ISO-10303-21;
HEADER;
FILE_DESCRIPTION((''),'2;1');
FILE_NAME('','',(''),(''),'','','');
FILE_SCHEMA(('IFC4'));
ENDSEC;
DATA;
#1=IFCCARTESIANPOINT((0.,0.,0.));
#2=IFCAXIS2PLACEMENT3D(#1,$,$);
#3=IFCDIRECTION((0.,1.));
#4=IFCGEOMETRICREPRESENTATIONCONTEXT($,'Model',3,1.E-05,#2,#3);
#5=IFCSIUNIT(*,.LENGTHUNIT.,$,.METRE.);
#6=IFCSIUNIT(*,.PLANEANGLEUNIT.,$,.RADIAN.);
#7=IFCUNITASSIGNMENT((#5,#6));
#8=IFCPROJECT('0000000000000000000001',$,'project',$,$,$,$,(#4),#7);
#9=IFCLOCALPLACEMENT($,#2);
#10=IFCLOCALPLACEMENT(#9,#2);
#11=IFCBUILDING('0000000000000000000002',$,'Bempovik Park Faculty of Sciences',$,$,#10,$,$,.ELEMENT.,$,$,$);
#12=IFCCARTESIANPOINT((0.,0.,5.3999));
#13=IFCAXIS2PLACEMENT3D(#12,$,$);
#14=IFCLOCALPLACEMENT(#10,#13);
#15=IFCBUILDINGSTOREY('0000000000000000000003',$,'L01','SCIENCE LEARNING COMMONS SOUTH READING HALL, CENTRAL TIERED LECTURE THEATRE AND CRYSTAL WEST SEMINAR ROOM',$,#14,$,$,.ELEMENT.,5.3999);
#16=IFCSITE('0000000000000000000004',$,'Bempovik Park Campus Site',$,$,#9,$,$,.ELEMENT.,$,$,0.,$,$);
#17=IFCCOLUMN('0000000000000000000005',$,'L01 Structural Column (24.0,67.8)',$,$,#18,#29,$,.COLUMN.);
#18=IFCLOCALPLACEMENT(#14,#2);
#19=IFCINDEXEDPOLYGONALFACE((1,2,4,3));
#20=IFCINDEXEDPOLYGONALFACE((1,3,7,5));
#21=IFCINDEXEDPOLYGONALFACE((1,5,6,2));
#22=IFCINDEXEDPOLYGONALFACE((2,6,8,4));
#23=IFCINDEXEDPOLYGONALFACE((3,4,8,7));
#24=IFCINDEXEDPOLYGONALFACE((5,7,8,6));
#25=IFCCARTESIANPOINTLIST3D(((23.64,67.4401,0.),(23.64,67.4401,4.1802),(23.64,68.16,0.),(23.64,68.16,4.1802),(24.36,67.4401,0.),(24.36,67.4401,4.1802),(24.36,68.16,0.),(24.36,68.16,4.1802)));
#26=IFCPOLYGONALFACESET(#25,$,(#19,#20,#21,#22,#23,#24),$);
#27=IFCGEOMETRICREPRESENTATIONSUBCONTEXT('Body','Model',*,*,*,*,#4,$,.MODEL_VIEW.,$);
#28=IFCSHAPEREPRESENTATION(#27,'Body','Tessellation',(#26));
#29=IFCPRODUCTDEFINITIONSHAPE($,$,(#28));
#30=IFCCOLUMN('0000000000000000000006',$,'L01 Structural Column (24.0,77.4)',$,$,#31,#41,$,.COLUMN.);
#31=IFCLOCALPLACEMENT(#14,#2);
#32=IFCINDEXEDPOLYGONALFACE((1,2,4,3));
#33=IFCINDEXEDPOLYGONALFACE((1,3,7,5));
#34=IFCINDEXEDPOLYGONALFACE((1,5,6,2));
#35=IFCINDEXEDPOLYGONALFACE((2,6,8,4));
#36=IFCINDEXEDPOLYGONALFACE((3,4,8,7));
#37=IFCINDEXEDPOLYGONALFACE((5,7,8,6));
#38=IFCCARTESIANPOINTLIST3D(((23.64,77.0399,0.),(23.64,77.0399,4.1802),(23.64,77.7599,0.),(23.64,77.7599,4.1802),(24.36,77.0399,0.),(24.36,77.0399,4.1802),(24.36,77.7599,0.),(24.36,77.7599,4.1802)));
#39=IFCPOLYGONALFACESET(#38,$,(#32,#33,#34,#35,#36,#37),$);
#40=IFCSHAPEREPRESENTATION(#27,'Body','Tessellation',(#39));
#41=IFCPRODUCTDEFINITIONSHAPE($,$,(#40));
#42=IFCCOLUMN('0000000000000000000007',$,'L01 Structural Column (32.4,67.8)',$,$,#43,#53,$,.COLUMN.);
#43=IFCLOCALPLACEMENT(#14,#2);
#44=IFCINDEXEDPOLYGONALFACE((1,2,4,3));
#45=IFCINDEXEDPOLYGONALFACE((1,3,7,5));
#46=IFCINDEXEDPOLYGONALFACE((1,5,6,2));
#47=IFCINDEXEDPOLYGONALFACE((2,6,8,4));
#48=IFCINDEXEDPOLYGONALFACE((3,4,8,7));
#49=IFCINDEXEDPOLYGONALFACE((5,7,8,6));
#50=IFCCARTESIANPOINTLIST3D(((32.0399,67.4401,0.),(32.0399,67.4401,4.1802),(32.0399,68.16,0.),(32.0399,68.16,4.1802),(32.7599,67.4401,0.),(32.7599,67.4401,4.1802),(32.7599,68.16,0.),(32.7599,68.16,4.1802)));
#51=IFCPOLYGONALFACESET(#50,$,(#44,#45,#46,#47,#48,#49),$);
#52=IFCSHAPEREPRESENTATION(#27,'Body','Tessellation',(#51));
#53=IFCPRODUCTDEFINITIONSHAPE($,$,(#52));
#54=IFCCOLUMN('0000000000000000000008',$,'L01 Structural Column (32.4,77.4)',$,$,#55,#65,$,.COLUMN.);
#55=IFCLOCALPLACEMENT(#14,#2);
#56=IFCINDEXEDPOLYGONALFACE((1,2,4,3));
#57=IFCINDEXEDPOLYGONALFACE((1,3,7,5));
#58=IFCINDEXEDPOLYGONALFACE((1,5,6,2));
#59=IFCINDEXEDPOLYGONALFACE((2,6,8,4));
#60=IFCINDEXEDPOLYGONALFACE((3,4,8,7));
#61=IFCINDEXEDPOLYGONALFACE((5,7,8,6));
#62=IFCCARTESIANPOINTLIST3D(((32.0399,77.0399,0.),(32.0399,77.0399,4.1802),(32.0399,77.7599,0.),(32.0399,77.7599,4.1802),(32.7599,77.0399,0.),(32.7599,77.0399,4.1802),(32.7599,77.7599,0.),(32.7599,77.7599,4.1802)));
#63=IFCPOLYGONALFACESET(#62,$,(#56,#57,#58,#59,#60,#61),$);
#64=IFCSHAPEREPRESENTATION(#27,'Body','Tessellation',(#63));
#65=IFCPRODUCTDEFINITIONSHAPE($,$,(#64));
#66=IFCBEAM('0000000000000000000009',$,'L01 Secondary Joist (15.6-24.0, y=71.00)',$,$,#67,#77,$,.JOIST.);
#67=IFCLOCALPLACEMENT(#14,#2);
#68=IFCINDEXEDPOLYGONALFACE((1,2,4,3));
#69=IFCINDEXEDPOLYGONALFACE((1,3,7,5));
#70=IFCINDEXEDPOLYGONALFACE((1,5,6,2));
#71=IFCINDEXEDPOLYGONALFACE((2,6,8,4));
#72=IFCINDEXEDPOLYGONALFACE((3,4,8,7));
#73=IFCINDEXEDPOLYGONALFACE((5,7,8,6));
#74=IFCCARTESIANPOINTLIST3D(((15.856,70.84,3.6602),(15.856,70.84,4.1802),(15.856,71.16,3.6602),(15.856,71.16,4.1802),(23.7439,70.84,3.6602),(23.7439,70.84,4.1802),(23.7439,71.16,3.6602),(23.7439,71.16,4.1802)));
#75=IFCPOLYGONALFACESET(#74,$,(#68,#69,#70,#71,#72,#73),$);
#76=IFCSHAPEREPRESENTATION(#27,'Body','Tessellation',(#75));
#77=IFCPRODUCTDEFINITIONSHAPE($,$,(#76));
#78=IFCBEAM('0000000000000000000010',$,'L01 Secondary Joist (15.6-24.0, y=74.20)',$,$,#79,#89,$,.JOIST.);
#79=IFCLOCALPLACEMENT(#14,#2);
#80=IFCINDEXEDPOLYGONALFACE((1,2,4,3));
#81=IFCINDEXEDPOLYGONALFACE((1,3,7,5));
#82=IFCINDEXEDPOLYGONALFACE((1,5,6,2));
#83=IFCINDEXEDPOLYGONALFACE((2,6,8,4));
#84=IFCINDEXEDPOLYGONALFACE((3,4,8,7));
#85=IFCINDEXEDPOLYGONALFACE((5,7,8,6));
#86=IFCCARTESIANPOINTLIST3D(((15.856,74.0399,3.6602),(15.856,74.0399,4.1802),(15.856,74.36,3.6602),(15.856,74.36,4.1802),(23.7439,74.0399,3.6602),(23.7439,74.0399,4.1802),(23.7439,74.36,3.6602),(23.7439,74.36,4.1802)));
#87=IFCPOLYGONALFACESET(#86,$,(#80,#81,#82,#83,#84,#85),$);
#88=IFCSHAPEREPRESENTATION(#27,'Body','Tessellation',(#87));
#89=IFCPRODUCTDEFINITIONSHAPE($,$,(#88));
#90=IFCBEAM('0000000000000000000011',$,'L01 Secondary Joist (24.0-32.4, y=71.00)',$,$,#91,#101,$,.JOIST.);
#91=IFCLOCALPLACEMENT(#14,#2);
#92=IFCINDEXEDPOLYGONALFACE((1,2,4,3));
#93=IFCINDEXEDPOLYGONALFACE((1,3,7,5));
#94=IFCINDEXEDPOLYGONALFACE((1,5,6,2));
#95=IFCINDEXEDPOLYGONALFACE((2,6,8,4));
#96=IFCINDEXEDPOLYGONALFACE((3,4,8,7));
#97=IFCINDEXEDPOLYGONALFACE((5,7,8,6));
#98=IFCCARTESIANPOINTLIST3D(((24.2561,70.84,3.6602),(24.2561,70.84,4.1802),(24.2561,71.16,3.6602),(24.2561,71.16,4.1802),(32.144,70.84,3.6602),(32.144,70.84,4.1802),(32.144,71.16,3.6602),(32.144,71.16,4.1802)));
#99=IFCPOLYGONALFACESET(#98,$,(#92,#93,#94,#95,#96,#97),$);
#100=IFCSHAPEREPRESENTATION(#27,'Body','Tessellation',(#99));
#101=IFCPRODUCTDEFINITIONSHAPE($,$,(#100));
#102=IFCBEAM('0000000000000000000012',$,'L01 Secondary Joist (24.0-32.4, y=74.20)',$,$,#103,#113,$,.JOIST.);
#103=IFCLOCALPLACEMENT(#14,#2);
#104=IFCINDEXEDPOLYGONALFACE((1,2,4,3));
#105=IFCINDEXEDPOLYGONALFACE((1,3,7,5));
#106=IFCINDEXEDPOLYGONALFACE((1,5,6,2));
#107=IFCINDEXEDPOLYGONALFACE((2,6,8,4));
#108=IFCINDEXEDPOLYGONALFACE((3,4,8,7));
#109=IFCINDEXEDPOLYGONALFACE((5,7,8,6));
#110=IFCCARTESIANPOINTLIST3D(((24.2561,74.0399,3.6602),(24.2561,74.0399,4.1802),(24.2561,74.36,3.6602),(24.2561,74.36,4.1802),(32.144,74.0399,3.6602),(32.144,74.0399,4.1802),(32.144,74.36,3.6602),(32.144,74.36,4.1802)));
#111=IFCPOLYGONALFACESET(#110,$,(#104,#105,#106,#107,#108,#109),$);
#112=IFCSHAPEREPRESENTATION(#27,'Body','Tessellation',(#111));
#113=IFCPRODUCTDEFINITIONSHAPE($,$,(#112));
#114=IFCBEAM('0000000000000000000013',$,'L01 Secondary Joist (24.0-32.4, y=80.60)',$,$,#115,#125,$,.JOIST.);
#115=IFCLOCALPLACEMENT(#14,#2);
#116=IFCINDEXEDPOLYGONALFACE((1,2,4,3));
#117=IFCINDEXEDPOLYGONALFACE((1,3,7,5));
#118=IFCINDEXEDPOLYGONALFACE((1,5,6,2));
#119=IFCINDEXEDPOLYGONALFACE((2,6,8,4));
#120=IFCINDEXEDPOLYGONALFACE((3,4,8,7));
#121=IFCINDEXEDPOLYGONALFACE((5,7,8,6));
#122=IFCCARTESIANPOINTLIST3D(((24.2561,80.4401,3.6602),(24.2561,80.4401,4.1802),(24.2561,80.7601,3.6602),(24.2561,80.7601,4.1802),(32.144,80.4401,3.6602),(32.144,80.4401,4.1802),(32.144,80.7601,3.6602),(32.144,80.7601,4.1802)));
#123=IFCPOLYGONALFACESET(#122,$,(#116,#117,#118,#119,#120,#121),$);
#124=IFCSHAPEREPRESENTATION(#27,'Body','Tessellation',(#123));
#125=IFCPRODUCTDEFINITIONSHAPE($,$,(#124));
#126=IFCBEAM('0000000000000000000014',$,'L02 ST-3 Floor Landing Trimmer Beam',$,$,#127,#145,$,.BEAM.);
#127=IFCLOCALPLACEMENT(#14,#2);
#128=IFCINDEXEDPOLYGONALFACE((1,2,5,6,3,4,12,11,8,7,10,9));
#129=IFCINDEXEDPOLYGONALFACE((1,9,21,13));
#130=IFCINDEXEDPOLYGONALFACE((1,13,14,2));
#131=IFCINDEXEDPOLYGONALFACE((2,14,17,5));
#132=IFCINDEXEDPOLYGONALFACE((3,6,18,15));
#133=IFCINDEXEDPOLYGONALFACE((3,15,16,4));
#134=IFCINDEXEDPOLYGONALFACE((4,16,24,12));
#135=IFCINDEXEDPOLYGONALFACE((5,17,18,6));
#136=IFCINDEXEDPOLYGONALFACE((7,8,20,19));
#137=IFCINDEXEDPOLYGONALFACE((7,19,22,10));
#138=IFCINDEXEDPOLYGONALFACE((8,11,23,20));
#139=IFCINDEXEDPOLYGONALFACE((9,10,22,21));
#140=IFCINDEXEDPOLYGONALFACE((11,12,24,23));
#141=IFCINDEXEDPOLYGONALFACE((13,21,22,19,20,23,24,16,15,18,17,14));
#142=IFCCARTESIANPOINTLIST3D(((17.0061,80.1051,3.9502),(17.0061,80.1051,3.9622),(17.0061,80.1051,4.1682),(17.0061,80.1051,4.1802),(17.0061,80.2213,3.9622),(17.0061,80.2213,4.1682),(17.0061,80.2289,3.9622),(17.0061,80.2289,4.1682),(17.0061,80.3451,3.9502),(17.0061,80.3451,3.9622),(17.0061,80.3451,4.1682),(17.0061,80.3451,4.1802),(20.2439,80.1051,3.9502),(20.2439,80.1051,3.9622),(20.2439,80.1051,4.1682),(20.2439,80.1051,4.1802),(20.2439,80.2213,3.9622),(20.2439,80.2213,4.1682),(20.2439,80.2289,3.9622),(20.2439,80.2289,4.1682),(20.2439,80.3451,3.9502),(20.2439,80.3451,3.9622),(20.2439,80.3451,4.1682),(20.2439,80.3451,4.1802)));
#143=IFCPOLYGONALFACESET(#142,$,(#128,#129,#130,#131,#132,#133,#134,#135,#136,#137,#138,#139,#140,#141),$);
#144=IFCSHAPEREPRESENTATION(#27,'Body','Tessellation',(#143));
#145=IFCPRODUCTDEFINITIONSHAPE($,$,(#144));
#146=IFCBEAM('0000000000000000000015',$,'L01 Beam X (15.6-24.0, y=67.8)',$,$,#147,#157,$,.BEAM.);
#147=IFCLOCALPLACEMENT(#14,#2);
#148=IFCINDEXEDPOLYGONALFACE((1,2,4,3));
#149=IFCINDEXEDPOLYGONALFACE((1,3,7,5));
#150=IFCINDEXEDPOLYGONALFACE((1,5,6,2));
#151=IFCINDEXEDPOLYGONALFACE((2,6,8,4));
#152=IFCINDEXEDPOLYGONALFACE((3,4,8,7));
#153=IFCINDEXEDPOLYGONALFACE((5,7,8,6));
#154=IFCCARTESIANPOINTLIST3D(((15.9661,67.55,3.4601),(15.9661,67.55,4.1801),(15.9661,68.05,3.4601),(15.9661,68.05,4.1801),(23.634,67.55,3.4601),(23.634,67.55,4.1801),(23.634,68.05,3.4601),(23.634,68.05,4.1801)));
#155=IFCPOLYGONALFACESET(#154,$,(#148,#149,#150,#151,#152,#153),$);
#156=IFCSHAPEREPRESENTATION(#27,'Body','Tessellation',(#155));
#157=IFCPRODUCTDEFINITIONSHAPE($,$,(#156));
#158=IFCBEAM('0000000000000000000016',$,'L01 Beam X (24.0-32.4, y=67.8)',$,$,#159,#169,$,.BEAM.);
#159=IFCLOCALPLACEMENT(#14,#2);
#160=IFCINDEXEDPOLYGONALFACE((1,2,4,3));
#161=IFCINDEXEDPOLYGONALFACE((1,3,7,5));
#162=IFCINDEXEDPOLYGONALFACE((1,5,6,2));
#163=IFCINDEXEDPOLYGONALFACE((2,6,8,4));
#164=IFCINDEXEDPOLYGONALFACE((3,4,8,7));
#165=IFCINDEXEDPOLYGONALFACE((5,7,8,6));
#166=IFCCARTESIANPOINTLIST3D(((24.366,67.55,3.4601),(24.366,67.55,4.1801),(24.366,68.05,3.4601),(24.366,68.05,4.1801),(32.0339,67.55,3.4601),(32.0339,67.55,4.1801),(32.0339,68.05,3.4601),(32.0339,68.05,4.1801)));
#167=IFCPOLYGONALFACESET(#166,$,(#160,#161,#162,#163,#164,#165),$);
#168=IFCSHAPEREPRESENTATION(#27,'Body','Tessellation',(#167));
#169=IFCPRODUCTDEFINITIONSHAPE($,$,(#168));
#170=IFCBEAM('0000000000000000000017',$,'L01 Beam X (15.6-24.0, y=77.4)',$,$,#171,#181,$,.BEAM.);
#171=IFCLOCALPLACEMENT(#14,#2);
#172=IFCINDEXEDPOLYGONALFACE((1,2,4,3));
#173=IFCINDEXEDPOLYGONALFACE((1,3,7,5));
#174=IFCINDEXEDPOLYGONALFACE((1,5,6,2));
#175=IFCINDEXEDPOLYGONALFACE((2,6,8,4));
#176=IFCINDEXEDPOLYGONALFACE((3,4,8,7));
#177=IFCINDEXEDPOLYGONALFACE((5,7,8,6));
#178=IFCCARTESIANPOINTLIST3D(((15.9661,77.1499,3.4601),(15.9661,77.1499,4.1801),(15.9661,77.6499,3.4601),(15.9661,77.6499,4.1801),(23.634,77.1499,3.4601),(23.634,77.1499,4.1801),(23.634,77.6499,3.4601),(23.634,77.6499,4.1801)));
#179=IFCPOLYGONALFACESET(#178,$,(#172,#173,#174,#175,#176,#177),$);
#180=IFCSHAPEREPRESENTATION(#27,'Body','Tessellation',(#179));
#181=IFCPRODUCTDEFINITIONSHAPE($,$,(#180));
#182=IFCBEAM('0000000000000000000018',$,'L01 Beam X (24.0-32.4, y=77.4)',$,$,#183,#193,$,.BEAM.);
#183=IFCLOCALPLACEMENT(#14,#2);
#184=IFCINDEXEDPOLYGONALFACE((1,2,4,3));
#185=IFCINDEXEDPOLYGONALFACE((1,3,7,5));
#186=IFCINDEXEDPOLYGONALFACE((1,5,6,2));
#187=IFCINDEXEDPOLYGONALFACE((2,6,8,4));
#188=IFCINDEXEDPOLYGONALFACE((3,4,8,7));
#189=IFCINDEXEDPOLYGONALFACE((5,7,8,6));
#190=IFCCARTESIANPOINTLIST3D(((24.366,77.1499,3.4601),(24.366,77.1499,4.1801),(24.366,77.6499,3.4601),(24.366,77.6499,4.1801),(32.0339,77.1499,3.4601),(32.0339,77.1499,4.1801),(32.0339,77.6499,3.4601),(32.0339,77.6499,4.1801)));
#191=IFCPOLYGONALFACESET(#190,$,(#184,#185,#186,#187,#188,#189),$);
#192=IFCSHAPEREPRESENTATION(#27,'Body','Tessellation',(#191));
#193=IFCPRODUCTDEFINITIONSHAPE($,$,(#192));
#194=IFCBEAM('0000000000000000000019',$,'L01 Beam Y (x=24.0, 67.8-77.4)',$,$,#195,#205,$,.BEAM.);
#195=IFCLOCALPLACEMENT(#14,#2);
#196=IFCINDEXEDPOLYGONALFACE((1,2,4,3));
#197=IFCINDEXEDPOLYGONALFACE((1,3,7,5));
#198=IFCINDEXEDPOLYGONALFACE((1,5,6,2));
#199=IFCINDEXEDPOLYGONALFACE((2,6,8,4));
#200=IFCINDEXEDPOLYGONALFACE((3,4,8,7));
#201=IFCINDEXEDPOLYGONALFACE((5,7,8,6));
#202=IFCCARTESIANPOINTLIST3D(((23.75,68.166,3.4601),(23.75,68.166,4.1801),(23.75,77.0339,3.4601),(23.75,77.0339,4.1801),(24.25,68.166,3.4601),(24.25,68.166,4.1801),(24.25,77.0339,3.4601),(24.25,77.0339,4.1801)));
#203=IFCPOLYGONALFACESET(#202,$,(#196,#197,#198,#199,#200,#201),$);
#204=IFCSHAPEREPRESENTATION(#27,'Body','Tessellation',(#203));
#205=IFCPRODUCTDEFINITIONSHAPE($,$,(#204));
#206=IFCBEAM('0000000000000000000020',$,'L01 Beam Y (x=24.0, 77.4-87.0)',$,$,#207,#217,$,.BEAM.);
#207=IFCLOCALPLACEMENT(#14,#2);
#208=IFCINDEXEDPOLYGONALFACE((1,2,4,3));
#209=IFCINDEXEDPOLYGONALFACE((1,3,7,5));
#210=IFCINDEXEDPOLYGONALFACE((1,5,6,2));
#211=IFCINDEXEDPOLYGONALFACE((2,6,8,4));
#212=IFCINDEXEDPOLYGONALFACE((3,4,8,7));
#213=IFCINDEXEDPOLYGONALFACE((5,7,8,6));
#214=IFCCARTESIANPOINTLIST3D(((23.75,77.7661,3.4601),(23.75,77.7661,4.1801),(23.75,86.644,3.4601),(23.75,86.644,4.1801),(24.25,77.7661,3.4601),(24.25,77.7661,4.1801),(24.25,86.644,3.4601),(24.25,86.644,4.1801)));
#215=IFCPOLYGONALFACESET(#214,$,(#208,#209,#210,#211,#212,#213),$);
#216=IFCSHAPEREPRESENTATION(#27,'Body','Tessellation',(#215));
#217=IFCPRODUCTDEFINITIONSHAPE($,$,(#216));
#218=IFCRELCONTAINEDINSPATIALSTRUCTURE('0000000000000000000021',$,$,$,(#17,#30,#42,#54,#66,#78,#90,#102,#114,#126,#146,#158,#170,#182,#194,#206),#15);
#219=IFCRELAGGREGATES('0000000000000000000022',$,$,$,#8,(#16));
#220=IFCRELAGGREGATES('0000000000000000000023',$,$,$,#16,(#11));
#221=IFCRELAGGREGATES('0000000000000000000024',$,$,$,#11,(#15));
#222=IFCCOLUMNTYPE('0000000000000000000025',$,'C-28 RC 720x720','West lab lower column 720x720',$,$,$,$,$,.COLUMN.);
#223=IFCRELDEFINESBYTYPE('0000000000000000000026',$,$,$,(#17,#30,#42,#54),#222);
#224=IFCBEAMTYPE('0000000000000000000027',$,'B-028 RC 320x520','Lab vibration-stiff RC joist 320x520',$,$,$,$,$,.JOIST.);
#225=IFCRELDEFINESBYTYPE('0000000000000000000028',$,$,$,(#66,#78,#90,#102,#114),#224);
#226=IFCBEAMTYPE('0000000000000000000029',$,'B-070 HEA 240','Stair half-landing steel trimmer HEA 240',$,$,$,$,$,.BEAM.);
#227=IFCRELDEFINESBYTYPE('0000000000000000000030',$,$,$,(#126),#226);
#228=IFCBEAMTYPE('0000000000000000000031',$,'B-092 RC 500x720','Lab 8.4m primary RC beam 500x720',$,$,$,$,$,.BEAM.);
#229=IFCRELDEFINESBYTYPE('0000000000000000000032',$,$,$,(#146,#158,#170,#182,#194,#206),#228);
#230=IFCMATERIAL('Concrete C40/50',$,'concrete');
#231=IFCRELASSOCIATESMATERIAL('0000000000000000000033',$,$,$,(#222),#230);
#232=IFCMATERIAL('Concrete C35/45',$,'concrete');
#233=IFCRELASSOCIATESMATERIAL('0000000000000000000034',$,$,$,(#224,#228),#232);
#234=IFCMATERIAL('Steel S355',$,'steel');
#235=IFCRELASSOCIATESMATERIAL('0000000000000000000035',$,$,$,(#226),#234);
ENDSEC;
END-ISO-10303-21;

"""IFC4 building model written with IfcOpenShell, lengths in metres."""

from ifc_helpers import new_model, si_unit, direction, frame, origin, origin_2d, place, context, subcontext, project, spatial, rectangle, i_section, extrude, material, material_profile, profile_set, type_object, element, save


model = new_model("IFC4")

# Units and contexts
model_context = context("Model", 3, precision=1e-05, world=origin(), true_north=direction((0.0, 1.0)))
body_context = subcontext(model_context, "Body", "Model", "MODEL_VIEW")
ifc_project = project(units=[si_unit("LENGTHUNIT", "METRE"), si_unit("PLANEANGLEUNIT", "RADIAN")], contexts=[model_context])

# Site, building, storey
site_placement = place(None, origin())
site = spatial("IfcSite", under=ifc_project, at=site_placement, Name="Bempovik Park Campus Site", CompositionType="ELEMENT", RefElevation=0.0)
building_placement = place(site_placement, origin())
building = spatial("IfcBuilding", under=site, at=building_placement, Name="Bempovik Park Faculty of Sciences", CompositionType="ELEMENT")
storey_placement = place(building_placement, frame((0.0, 0.0, 5.3999)))
storey = spatial("IfcBuildingStorey", under=building, at=storey_placement, Name="L01", Description="SCIENCE LEARNING COMMONS SOUTH READING HALL, CENTRAL TIERED LECTURE THEATRE AND CRYSTAL WEST SEMINAR ROOM", CompositionType="ELEMENT", Elevation=5.3999)

# Columns
ifc_material_1 = material(Name="Concrete C40/50", Category="concrete")
ifc_material_profile_1 = material_profile(ifc_material_1, rectangle(XDim=0.72, YDim=0.72, at=origin_2d()), Name="RC 720x720")
ifc_profile_set_1 = profile_set([ifc_material_profile_1], Name="Concrete C40/50")
column_type = type_object("IfcColumnType", Name="C-28 RC 720x720", Description="West lab lower column 720x720", PredefinedType="COLUMN", material=ifc_profile_set_1)
for number, where, z_axis, x_axis, name in (
    (1, (24.0, 67.8, 0.0), (0.0, 0.0, 1.0), (1.0, 0.0, 0.0), "L01 Structural Column (24.0,67.8)"),
    (2, (24.0, 77.3999, 0.0), (0.0, 0.0, 1.0), (1.0, 0.0, 0.0), "L01 Structural Column (24.0,77.4)"),
    (3, (32.3999, 67.8, 0.0), (0.0, 0.0, 1.0), (1.0, 0.0, 0.0), "L01 Structural Column (32.4,67.8)"),
    (4, (32.3999, 77.3999, 0.0), (0.0, 0.0, 1.0), (1.0, 0.0, 0.0), "L01 Structural Column (32.4,77.4)"),
):
    element("IfcColumn", number, at=place(storey_placement, frame(where, z_axis=z_axis, x_axis=x_axis)), inside=storey, type_object=column_type, Name=name, PredefinedType="COLUMN", context=body_context, shape_type="SweptSolid", body=[
        extrude(rectangle(XDim=0.72, YDim=0.72, at=origin_2d()), origin(), (0.0, 0.0, 1.0), 4.1802),
    ])

# Beams
ifc_material_2 = material(Name="Concrete C35/45", Category="concrete")
ifc_material_profile_2 = material_profile(ifc_material_2, rectangle(XDim=0.3201, YDim=0.52, at=origin_2d()), Name="RC 320x520")
ifc_profile_set_2 = profile_set([ifc_material_profile_2], Name="Concrete C35/45")
beam_type_1 = type_object("IfcBeamType", Name="B-028 RC 320x520", Description="Lab vibration-stiff RC joist 320x520", PredefinedType="JOIST", material=ifc_profile_set_2)
for number, where, z_axis, x_axis, name in (
    (5, (15.856, 71.0, 3.9202), (1.0, 0.0, 0.0), (0.0, 1.0, 0.0), "L01 Secondary Joist (15.6-24.0, y=71.00)"),
    (6, (15.856, 74.2, 3.9202), (1.0, 0.0, 0.0), (0.0, 1.0, 0.0), "L01 Secondary Joist (15.6-24.0, y=74.20)"),
    (7, (24.2561, 71.0, 3.9202), (1.0, 0.0, 0.0), (0.0, 1.0, 0.0), "L01 Secondary Joist (24.0-32.4, y=71.00)"),
    (8, (24.2561, 74.2, 3.9202), (1.0, 0.0, 0.0), (0.0, 1.0, 0.0), "L01 Secondary Joist (24.0-32.4, y=74.20)"),
    (9, (24.2561, 80.6001, 3.9202), (1.0, 0.0, 0.0), (0.0, 1.0, 0.0), "L01 Secondary Joist (24.0-32.4, y=80.60)"),
):
    element("IfcBeam", number, at=place(storey_placement, frame(where, z_axis=z_axis, x_axis=x_axis)), inside=storey, type_object=beam_type_1, Name=name, PredefinedType="JOIST", context=body_context, shape_type="SweptSolid", body=[
        extrude(rectangle(XDim=0.3201, YDim=0.52, at=origin_2d()), origin(), (0.0, 0.0, 1.0), 7.8879),
    ])
ifc_material_3 = material(Name="Steel S355", Category="steel")
ifc_material_profile_3 = material_profile(ifc_material_3, i_section(OverallWidth=0.24, OverallDepth=0.23, WebThickness=0.0076, FlangeThickness=0.012, at=origin_2d()), Name="HEA 240")
ifc_profile_set_3 = profile_set([ifc_material_profile_3], Name="Steel S355")
beam_type_2 = type_object("IfcBeamType", Name="B-070 HEA 240", Description="Stair half-landing steel trimmer HEA 240", PredefinedType="BEAM", material=ifc_profile_set_3)
beam_1_placement = place(storey_placement, frame((17.0061, 80.2251, 4.0652), z_axis=(1.0, 0.0, 0.0), x_axis=(0.0, 1.0, 0.0)))
element("IfcBeam", 10, at=beam_1_placement, inside=storey, type_object=beam_type_2, Name="L02 ST-3 Floor Landing Trimmer Beam", PredefinedType="BEAM", context=body_context, shape_type="SweptSolid", body=[
    extrude(i_section(OverallWidth=0.24, OverallDepth=0.23, WebThickness=0.0076, FlangeThickness=0.012, at=origin_2d()), origin(), (0.0, 0.0, 1.0), 3.2378),
])
ifc_material_profile_4 = material_profile(ifc_material_2, rectangle(XDim=0.5, YDim=0.72, at=origin_2d()), Name="RC 500x720")
ifc_profile_set_4 = profile_set([ifc_material_profile_4], Name="Concrete C35/45")
beam_type_3 = type_object("IfcBeamType", Name="B-092 RC 500x720", Description="Lab 8.4m primary RC beam 500x720", PredefinedType="BEAM", material=ifc_profile_set_4)
for number, where, z_axis, x_axis, name in (
    (11, (15.9661, 67.8, 3.8201), (1.0, 0.0, 0.0), (0.0, 1.0, 0.0), "L01 Beam X (15.6-24.0, y=67.8)"),
    (12, (24.366, 67.8, 3.8201), (1.0, 0.0, 0.0), (0.0, 1.0, 0.0), "L01 Beam X (24.0-32.4, y=67.8)"),
    (13, (15.9661, 77.3999, 3.8201), (1.0, 0.0, 0.0), (0.0, 1.0, 0.0), "L01 Beam X (15.6-24.0, y=77.4)"),
    (14, (24.366, 77.3999, 3.8201), (1.0, 0.0, 0.0), (0.0, 1.0, 0.0), "L01 Beam X (24.0-32.4, y=77.4)"),
):
    element("IfcBeam", number, at=place(storey_placement, frame(where, z_axis=z_axis, x_axis=x_axis)), inside=storey, type_object=beam_type_3, Name=name, PredefinedType="BEAM", context=body_context, shape_type="SweptSolid", body=[
        extrude(rectangle(XDim=0.5, YDim=0.72, at=origin_2d()), origin(), (0.0, 0.0, 1.0), 7.668),
    ])
beam_2_placement = place(storey_placement, frame((24.0, 68.166, 3.8201), z_axis=(0.0, 1.0, 0.0), x_axis=(-1.0, 0.0, 0.0)))
element("IfcBeam", 15, at=beam_2_placement, inside=storey, type_object=beam_type_3, Name="L01 Beam Y (x=24.0, 67.8-77.4)", PredefinedType="BEAM", context=body_context, shape_type="SweptSolid", body=[
    extrude(rectangle(XDim=0.5, YDim=0.72, at=origin_2d()), origin(), (0.0, 0.0, 1.0), 8.8679),
])
beam_3_placement = place(storey_placement, frame((24.0, 77.7661, 3.8201), z_axis=(0.0, 1.0, 0.0), x_axis=(-1.0, 0.0, 0.0)))
element("IfcBeam", 16, at=beam_3_placement, inside=storey, type_object=beam_type_3, Name="L01 Beam Y (x=24.0, 77.4-87.0)", PredefinedType="BEAM", context=body_context, shape_type="SweptSolid", body=[
    extrude(rectangle(XDim=0.5, YDim=0.72, at=origin_2d()), origin(), (0.0, 0.0, 1.0), 8.8779),
])

save(model, "model.ifc")
